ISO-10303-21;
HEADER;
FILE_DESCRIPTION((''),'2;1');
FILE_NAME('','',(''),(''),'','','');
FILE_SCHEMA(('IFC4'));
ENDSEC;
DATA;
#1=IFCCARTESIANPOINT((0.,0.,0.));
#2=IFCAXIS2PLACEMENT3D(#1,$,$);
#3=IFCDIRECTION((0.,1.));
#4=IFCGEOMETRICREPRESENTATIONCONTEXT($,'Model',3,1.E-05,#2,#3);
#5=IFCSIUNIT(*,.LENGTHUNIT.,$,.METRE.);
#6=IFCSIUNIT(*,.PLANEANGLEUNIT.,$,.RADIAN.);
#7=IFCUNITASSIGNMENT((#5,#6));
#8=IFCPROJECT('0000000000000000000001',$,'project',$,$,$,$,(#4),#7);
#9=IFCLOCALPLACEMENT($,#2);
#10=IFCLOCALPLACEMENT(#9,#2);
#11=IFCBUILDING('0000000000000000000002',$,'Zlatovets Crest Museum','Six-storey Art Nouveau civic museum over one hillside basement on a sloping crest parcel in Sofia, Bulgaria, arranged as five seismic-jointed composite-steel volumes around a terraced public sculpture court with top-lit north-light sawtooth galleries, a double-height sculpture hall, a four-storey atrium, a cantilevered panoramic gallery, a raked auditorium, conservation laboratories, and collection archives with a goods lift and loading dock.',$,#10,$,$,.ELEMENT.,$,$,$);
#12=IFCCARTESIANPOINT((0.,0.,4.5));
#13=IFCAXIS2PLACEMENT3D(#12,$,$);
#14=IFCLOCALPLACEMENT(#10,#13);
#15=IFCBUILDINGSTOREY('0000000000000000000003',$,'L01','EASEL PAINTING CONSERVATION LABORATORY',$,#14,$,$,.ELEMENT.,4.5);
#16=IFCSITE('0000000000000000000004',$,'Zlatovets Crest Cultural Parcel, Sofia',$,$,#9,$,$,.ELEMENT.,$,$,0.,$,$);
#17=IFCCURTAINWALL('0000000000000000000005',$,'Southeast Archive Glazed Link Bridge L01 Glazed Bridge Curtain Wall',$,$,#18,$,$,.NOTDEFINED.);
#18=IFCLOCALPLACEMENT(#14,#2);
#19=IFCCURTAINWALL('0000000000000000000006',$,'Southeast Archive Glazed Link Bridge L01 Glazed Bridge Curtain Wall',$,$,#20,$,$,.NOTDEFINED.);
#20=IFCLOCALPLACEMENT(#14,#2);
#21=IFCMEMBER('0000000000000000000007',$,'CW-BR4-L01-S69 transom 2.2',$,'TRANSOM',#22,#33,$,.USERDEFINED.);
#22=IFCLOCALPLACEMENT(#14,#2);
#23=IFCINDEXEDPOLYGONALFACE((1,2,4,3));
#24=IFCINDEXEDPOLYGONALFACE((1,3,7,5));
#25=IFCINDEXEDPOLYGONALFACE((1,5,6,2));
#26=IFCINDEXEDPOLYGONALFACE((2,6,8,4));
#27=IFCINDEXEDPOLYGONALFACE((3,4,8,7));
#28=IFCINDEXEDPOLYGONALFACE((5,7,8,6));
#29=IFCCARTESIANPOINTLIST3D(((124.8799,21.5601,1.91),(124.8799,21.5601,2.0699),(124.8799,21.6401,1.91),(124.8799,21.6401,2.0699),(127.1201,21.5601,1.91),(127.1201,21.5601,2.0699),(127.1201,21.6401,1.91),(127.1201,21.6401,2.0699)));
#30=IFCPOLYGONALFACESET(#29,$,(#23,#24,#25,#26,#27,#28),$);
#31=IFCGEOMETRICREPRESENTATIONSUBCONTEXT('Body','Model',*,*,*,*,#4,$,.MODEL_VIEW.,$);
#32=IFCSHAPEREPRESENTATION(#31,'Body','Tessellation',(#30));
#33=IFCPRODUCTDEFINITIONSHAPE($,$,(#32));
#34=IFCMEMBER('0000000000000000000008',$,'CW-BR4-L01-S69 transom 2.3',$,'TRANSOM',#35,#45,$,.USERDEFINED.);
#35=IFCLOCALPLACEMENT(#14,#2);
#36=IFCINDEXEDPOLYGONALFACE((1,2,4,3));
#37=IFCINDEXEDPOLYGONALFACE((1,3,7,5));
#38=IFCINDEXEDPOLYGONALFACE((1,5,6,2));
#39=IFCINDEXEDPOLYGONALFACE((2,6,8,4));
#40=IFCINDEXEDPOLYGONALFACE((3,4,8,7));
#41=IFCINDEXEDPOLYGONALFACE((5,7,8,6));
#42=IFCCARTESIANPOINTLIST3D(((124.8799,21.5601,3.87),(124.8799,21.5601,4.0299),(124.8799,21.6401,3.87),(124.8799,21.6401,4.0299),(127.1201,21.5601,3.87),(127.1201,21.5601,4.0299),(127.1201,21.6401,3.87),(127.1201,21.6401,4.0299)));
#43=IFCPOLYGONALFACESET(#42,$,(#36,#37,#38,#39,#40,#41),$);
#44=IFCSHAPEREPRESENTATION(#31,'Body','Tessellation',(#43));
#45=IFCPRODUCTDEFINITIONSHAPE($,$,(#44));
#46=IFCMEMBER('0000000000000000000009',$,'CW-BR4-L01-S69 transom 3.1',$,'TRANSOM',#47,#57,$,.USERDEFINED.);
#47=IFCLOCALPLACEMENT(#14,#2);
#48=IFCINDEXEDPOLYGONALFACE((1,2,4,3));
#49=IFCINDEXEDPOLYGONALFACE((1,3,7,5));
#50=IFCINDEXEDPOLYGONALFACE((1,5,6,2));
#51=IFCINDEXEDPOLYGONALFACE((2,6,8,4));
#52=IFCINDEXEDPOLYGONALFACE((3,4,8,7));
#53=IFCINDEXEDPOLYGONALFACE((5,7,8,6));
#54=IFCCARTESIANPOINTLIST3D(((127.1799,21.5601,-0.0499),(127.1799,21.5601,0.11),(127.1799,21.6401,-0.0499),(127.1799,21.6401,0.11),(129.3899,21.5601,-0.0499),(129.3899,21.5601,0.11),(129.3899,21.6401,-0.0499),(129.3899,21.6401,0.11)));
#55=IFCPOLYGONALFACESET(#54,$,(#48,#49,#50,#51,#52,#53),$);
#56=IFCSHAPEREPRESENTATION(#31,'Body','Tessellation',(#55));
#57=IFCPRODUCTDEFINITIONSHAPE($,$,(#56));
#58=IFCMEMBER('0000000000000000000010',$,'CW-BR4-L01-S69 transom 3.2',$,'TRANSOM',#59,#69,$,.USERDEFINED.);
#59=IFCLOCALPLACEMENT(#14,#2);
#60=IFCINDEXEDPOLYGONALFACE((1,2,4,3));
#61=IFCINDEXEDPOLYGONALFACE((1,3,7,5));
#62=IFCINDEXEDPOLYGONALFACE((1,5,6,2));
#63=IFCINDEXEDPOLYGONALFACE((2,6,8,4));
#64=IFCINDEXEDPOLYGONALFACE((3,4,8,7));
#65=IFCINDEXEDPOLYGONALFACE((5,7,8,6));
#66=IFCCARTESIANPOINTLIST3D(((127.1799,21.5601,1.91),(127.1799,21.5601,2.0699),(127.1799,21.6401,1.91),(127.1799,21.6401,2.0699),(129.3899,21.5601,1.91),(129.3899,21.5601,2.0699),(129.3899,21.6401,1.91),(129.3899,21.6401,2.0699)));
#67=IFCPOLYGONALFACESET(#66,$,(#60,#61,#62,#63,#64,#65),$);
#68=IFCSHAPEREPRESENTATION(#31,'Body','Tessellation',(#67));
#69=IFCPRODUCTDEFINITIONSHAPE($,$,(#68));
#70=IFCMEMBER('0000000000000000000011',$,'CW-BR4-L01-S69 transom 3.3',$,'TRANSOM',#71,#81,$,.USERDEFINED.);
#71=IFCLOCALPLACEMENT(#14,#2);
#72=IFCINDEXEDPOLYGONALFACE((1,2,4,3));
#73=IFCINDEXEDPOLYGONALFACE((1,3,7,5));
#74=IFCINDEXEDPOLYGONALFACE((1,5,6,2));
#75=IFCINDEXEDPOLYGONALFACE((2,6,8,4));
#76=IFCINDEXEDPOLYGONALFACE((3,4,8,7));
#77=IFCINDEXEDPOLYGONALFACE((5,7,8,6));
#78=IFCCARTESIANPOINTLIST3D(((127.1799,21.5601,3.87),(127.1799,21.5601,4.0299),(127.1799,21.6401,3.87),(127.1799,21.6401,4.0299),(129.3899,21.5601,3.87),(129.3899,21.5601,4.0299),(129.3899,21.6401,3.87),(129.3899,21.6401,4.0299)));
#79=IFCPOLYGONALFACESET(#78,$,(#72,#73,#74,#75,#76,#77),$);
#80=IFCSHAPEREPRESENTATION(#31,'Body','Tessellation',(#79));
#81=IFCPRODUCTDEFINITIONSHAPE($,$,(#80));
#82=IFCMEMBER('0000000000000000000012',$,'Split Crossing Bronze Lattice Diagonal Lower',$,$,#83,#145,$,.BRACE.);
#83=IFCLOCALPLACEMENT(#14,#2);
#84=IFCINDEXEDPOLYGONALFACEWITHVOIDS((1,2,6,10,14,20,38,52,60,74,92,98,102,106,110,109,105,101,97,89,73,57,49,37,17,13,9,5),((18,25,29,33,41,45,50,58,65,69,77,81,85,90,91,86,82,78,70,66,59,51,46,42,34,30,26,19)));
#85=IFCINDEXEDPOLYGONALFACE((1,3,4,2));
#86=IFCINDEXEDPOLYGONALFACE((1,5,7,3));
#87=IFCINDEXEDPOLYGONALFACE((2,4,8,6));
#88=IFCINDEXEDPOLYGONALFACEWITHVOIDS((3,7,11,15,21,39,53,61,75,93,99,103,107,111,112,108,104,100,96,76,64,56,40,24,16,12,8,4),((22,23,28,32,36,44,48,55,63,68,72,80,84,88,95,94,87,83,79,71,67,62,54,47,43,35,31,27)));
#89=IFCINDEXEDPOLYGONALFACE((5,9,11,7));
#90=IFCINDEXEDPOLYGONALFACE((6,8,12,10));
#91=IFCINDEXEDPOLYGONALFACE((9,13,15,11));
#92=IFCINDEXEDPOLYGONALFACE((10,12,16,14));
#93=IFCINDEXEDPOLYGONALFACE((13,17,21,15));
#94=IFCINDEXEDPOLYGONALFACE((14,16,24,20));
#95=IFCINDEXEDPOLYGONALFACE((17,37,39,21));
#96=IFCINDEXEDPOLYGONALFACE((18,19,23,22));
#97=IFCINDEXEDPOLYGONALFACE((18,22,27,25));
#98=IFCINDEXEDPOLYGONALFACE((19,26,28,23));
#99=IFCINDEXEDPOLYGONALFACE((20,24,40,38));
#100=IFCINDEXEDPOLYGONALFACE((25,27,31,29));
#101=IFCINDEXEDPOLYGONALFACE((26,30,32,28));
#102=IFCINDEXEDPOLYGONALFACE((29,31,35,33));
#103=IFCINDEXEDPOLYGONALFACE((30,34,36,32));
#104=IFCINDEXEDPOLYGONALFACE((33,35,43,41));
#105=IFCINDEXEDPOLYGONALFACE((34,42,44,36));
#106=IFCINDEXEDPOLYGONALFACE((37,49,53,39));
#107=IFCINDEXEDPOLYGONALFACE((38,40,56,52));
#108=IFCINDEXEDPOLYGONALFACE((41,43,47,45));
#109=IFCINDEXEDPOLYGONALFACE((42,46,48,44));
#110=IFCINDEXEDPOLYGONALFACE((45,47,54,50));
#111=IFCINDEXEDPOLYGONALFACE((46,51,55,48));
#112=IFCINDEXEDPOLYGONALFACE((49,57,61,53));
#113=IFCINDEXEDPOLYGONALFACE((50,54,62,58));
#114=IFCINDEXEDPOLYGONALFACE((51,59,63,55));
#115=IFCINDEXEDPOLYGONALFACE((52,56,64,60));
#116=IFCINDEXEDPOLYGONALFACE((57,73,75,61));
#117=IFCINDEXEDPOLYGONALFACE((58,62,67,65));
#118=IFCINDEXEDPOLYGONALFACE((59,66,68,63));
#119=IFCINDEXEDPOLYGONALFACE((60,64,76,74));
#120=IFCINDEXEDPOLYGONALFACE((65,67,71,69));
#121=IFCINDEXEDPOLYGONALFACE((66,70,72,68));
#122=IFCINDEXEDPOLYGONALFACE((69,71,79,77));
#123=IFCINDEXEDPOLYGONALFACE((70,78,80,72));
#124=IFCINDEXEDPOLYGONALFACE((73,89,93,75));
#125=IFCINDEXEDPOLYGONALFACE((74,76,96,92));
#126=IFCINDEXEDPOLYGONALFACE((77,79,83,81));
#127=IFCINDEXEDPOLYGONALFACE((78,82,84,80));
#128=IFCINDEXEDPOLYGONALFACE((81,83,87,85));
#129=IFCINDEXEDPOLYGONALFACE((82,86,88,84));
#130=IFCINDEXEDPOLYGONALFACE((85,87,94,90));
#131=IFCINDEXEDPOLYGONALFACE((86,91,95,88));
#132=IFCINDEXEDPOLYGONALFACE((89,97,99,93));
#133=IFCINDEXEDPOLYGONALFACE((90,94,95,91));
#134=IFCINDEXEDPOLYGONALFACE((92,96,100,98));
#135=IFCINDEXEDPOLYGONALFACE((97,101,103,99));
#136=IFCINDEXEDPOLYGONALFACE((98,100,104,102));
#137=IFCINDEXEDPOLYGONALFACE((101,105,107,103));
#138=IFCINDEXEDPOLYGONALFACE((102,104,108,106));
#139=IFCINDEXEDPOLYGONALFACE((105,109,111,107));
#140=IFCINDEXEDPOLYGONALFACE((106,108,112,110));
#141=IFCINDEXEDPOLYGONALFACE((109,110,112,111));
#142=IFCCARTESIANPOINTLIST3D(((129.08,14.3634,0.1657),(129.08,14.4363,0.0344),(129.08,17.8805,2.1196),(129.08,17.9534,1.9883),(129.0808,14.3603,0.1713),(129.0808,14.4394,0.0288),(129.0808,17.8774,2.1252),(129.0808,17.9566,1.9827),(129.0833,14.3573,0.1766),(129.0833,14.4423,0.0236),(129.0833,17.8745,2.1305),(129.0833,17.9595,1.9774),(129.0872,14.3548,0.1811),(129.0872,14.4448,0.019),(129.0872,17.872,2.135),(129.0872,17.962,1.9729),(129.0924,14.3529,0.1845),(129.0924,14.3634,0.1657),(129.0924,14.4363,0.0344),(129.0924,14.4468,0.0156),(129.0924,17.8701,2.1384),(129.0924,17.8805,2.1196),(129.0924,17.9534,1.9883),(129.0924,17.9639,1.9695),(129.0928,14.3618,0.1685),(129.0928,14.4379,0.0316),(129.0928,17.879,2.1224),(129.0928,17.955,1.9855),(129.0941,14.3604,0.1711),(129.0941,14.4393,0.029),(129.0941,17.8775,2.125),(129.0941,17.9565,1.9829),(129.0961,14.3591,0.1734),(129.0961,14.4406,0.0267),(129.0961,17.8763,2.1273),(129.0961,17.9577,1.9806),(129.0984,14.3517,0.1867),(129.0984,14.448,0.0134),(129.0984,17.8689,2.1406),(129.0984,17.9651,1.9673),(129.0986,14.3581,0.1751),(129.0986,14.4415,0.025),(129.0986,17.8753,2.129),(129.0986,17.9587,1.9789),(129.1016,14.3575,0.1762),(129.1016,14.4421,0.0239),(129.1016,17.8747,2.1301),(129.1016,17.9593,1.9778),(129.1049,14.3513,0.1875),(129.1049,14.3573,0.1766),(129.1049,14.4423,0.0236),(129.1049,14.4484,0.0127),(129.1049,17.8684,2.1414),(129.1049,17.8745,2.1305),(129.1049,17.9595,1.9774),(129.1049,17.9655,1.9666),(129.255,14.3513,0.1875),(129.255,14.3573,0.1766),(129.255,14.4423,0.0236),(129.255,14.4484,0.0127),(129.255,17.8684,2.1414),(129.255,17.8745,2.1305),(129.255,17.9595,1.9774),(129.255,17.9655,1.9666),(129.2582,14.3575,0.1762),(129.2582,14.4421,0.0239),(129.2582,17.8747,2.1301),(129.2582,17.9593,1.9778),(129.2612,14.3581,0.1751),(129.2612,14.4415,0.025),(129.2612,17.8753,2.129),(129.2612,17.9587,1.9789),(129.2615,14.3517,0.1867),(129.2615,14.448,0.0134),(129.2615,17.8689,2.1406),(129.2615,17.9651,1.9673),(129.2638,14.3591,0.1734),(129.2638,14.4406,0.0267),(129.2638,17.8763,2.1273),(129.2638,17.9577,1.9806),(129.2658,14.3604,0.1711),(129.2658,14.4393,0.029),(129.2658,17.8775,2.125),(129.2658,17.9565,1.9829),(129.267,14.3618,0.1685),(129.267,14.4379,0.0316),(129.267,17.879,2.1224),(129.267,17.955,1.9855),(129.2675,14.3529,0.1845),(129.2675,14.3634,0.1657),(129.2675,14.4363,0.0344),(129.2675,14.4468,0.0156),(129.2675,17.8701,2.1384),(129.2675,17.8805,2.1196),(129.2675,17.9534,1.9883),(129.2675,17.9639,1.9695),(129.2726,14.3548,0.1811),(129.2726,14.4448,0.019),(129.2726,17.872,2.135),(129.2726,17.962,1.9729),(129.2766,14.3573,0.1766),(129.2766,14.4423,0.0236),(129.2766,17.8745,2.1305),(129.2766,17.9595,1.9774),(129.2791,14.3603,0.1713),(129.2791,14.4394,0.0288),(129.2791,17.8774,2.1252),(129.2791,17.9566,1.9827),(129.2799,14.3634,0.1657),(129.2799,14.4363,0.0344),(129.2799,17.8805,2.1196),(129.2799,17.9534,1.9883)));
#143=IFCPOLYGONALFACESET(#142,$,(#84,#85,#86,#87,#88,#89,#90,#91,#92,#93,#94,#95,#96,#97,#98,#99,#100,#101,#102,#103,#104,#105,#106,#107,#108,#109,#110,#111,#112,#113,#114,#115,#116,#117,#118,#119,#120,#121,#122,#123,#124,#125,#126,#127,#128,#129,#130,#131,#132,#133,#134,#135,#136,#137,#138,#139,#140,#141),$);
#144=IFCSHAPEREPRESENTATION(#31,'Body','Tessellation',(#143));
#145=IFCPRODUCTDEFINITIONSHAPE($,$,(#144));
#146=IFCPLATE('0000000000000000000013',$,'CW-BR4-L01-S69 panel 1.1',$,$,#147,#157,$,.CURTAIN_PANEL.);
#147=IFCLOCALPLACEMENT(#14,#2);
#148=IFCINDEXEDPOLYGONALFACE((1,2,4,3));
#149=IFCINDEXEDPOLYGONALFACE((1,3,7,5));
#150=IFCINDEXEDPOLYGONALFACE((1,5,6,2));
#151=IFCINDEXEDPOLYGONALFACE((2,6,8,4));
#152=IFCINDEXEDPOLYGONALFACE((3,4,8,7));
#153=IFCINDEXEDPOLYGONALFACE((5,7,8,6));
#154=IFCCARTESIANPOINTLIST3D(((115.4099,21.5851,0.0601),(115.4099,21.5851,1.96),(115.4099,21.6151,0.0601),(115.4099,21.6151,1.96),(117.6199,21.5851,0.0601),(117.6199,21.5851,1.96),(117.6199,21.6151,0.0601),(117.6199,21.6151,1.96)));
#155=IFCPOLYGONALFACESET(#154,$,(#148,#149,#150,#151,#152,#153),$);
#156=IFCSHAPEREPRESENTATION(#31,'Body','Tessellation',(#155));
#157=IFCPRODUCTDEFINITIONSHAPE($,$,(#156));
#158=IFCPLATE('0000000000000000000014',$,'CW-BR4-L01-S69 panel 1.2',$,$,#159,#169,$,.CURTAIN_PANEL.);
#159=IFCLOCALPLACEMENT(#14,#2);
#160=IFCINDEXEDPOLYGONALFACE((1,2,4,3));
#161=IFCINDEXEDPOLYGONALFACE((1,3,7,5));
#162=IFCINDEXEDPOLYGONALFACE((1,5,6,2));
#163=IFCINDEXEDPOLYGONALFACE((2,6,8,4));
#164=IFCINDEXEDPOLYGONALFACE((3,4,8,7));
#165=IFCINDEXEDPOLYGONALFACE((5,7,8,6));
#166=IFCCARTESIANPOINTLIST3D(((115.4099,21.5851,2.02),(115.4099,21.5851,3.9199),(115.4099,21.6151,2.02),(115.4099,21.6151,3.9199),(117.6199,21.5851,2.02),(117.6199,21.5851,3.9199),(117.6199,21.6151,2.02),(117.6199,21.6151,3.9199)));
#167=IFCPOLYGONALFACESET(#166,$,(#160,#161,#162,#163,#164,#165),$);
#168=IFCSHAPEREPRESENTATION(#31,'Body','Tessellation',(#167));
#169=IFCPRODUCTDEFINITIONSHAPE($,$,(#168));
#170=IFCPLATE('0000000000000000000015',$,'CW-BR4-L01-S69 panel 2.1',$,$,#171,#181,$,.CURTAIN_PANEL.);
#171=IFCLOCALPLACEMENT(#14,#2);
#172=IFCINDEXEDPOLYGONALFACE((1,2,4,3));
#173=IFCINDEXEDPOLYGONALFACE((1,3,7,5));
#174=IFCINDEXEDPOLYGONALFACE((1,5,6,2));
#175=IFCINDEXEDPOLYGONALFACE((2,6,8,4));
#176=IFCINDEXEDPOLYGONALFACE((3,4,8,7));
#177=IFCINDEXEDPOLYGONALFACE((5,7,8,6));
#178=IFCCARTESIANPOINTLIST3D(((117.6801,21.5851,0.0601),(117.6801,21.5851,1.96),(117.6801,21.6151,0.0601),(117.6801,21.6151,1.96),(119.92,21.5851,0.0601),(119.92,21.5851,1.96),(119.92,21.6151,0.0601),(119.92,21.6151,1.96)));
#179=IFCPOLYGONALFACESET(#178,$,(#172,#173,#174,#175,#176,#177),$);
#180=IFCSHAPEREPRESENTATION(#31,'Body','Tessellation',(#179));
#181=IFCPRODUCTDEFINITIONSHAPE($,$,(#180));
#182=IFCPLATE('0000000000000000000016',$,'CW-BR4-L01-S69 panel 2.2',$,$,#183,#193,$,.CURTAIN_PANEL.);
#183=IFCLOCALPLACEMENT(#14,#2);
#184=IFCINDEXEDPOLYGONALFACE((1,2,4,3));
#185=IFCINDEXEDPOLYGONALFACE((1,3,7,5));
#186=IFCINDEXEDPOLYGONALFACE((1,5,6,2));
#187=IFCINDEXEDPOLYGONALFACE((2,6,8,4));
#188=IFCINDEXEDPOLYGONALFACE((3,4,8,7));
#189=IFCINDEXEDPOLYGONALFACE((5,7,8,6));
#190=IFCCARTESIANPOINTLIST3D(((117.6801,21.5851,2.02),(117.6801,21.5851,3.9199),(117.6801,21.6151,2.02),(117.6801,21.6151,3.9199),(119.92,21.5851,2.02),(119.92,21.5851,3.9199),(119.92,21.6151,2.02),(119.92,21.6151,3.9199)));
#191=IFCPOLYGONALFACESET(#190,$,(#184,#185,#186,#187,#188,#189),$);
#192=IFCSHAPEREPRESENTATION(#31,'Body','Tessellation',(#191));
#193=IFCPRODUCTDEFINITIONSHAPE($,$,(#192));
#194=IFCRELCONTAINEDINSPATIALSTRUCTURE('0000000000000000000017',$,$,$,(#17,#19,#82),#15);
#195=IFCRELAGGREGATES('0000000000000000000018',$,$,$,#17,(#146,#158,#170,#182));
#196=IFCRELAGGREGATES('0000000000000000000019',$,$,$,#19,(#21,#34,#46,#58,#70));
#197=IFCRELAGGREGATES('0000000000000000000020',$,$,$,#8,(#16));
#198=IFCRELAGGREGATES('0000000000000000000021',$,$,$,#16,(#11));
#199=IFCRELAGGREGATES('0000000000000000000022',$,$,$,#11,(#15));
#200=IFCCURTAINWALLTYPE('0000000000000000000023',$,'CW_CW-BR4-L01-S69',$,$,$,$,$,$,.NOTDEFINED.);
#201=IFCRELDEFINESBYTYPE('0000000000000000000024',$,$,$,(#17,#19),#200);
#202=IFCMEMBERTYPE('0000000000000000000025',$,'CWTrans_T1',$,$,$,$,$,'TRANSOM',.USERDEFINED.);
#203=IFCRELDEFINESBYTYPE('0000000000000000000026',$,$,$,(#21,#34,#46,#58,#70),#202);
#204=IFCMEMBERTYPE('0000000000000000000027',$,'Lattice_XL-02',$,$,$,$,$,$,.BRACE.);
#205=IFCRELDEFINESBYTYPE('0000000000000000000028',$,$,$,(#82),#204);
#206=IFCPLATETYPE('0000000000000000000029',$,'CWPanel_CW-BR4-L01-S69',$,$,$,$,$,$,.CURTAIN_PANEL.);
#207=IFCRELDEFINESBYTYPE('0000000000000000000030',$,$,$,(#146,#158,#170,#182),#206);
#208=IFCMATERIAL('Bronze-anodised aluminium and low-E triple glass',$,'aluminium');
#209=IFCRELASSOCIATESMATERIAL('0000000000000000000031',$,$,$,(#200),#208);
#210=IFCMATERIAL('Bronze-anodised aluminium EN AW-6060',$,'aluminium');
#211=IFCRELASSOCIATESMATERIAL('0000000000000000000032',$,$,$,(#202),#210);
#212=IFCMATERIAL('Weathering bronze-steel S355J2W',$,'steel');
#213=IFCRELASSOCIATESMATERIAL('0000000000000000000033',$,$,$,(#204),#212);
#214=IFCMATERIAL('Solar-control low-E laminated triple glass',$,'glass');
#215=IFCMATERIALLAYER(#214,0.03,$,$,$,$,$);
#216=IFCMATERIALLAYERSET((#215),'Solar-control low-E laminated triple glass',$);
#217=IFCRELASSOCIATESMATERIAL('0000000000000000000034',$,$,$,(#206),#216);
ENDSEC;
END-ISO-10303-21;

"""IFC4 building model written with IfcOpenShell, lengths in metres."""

from ifc_helpers import new_model, si_unit, direction, frame, origin, origin_2d, place, context, subcontext, project, spatial, rectangle, hollow_rectangle, extrude, material, layer, layer_set, material_profile, profile_set, type_object, element, aggregate, save


model = new_model("IFC4")

# Units and contexts
model_context = context("Model", 3, precision=1e-05, world=origin(), true_north=direction((0.0, 1.0)))
body_context = subcontext(model_context, "Body", "Model", "MODEL_VIEW")
ifc_project = project(units=[si_unit("LENGTHUNIT", "METRE"), si_unit("PLANEANGLEUNIT", "RADIAN")], contexts=[model_context])

# Site, building, storey
site_placement = place(None, origin())
site = spatial("IfcSite", under=ifc_project, at=site_placement, Name="Zlatovets Crest Cultural Parcel, Sofia", CompositionType="ELEMENT", RefElevation=0.0)
building_placement = place(site_placement, origin())
building = spatial("IfcBuilding", under=site, at=building_placement, Name="Zlatovets Crest Museum", Description="Six-storey Art Nouveau civic museum over one hillside basement on a sloping crest parcel in Sofia, Bulgaria, arranged as five seismic-jointed composite-steel volumes around a terraced public sculpture court with top-lit north-light sawtooth galleries, a double-height sculpture hall, a four-storey atrium, a cantilevered panoramic gallery, a raked auditorium, conservation laboratories, and collection archives with a goods lift and loading dock.", CompositionType="ELEMENT")
storey_placement = place(building_placement, frame((0.0, 0.0, 4.5)))
storey = spatial("IfcBuildingStorey", under=building, at=storey_placement, Name="L01", Description="EASEL PAINTING CONSERVATION LABORATORY", CompositionType="ELEMENT", Elevation=4.5)

# Curtain walls
ifc_material_1 = material(Name="Bronze-anodised aluminium and low-E triple glass", Category="aluminium")
curtain_wall_type = type_object("IfcCurtainWallType", Name="CW_CW-BR4-L01-S69", PredefinedType="NOTDEFINED", material=ifc_material_1)
curtain_wall_1_placement = place(storey_placement, origin())
curtain_wall_1 = element("IfcCurtainWall", 1, at=curtain_wall_1_placement, inside=storey, type_object=curtain_wall_type, Name="Southeast Archive Glazed Link Bridge L01 Glazed Bridge Curtain Wall", PredefinedType="NOTDEFINED")
ifc_material_2 = material(Name="Bronze-anodised aluminium EN AW-6060", Category="aluminium")
curtain_wall_2_placement = place(storey_placement, origin())
curtain_wall_2 = element("IfcCurtainWall", 2, at=curtain_wall_2_placement, inside=storey, type_object=curtain_wall_type, Name="Southeast Archive Glazed Link Bridge L01 Glazed Bridge Curtain Wall", PredefinedType="NOTDEFINED")

# Members
ifc_material_profile_1 = material_profile(ifc_material_2, rectangle(XDim=0.0801, YDim=0.1599, at=origin_2d()), Name="ALU 80x160")
ifc_profile_set_1 = profile_set([ifc_material_profile_1], Name="Bronze-anodised aluminium EN AW-6060")
member_type_1 = type_object("IfcMemberType", Name="CWTrans_T1", ElementType="TRANSOM", PredefinedType="USERDEFINED", material=ifc_profile_set_1)
member_1_placement = place(storey_placement, frame((124.8799, 21.6001, 1.99), z_axis=(1.0, 0.0, 0.0), x_axis=(0.0, 1.0, 0.0)))
member_1 = element("IfcMember", 3, at=member_1_placement, type_object=member_type_1, Name="CW-BR4-L01-S69 transom 2.2", ObjectType="TRANSOM", PredefinedType="USERDEFINED", context=body_context, shape_type="SweptSolid", body=[
    extrude(rectangle(XDim=0.0801, YDim=0.1599, at=origin_2d()), origin(), (0.0, 0.0, 1.0), 2.2402),
])
member_2_placement = place(storey_placement, frame((124.8799, 21.6001, 3.95), z_axis=(1.0, 0.0, 0.0), x_axis=(0.0, 1.0, 0.0)))
member_2 = element("IfcMember", 4, at=member_2_placement, type_object=member_type_1, Name="CW-BR4-L01-S69 transom 2.3", ObjectType="TRANSOM", PredefinedType="USERDEFINED", context=body_context, shape_type="SweptSolid", body=[
    extrude(rectangle(XDim=0.0801, YDim=0.1599, at=origin_2d()), origin(), (0.0, 0.0, 1.0), 2.2402),
])
member_3_placement = place(storey_placement, frame((127.1799, 21.6001, 0.03), z_axis=(1.0, 0.0, 0.0), x_axis=(0.0, 1.0, 0.0)))
member_3 = element("IfcMember", 5, at=member_3_placement, type_object=member_type_1, Name="CW-BR4-L01-S69 transom 3.1", ObjectType="TRANSOM", PredefinedType="USERDEFINED", context=body_context, shape_type="SweptSolid", body=[
    extrude(rectangle(XDim=0.0801, YDim=0.1599, at=origin_2d()), origin(), (0.0, 0.0, 1.0), 2.21),
])
member_4_placement = place(storey_placement, frame((127.1799, 21.6001, 1.99), z_axis=(1.0, 0.0, 0.0), x_axis=(0.0, 1.0, 0.0)))
member_4 = element("IfcMember", 6, at=member_4_placement, type_object=member_type_1, Name="CW-BR4-L01-S69 transom 3.2", ObjectType="TRANSOM", PredefinedType="USERDEFINED", context=body_context, shape_type="SweptSolid", body=[
    extrude(rectangle(XDim=0.0801, YDim=0.1599, at=origin_2d()), origin(), (0.0, 0.0, 1.0), 2.21),
])
member_5_placement = place(storey_placement, frame((127.1799, 21.6001, 3.95), z_axis=(1.0, 0.0, 0.0), x_axis=(0.0, 1.0, 0.0)))
member_5 = element("IfcMember", 7, at=member_5_placement, type_object=member_type_1, Name="CW-BR4-L01-S69 transom 3.3", ObjectType="TRANSOM", PredefinedType="USERDEFINED", context=body_context, shape_type="SweptSolid", body=[
    extrude(rectangle(XDim=0.0801, YDim=0.1599, at=origin_2d()), origin(), (0.0, 0.0, 1.0), 2.21),
])
ifc_material_3 = material(Name="Weathering bronze-steel S355J2W", Category="steel")
ifc_material_profile_2 = material_profile(ifc_material_3, hollow_rectangle(XDim=0.2, YDim=0.2, WallThickness=0.0125, InnerFilletRadius=0.0125, OuterFilletRadius=0.0249, at=origin_2d()), Name="SHS 200x200x12.5")
ifc_profile_set_2 = profile_set([ifc_material_profile_2], Name="Weathering bronze-steel S355J2W")
member_type_2 = type_object("IfcMemberType", Name="Lattice_XL-02", PredefinedType="BRACE", material=ifc_profile_set_2)
member_6_placement = place(storey_placement, frame((129.1799, 17.917, 2.054), z_axis=(0.0, -0.874166, -0.485627), x_axis=(1.0, 0.0, 0.0)))
element("IfcMember", 8, at=member_6_placement, inside=storey, type_object=member_type_2, Name="Split Crossing Bronze Lattice Diagonal Lower", PredefinedType="BRACE", context=body_context, shape_type="SweptSolid", body=[
    extrude(hollow_rectangle(XDim=0.2, YDim=0.2, WallThickness=0.0125, InnerFilletRadius=0.0125, OuterFilletRadius=0.0249, at=origin_2d()), origin(), (0.0, 0.0, 1.0), 4.0234),
])

# Plates
ifc_material_4 = material(Name="Solar-control low-E laminated triple glass", Category="glass")
ifc_layer_1 = layer(ifc_material_4, 0.03)
ifc_layer_set_1 = layer_set([ifc_layer_1], Name="Solar-control low-E laminated triple glass")
plate_type_1 = type_object("IfcPlateType", Name="CWPanel_CW-BR4-L01-S69", PredefinedType="CURTAIN_PANEL", material=ifc_layer_set_1)
plate_1_placement = place(storey_placement, frame((116.5149, 21.6001, 0.0601), z_axis=(0.0, 0.0, 1.0), x_axis=(1.0, 0.0, 0.0)))
plate_1 = element("IfcPlate", 9, at=plate_1_placement, type_object=plate_type_1, Name="CW-BR4-L01-S69 panel 1.1", PredefinedType="CURTAIN_PANEL", context=body_context, shape_type="SweptSolid", body=[
    extrude(rectangle(XDim=2.21, YDim=0.03, at=origin_2d()), origin(), (0.0, 0.0, 1.0), 1.8999),
])
plate_2_placement = place(storey_placement, frame((116.5149, 21.6001, 2.02), z_axis=(0.0, 0.0, 1.0), x_axis=(1.0, 0.0, 0.0)))
plate_2 = element("IfcPlate", 10, at=plate_2_placement, type_object=plate_type_1, Name="CW-BR4-L01-S69 panel 1.2", PredefinedType="CURTAIN_PANEL", context=body_context, shape_type="SweptSolid", body=[
    extrude(rectangle(XDim=2.21, YDim=0.03, at=origin_2d()), origin(), (0.0, 0.0, 1.0), 1.8999),
])
plate_3_placement = place(storey_placement, frame((118.8, 21.6001, 0.0601), z_axis=(0.0, 0.0, 1.0), x_axis=(1.0, 0.0, 0.0)))
plate_3 = element("IfcPlate", 11, at=plate_3_placement, type_object=plate_type_1, Name="CW-BR4-L01-S69 panel 2.1", PredefinedType="CURTAIN_PANEL", context=body_context, shape_type="SweptSolid", body=[
    extrude(rectangle(XDim=2.24, YDim=0.03, at=origin_2d()), origin(), (0.0, 0.0, 1.0), 1.8999),
])
plate_4_placement = place(storey_placement, frame((118.8, 21.6001, 2.02), z_axis=(0.0, 0.0, 1.0), x_axis=(1.0, 0.0, 0.0)))
plate_4 = element("IfcPlate", 12, at=plate_4_placement, type_object=plate_type_1, Name="CW-BR4-L01-S69 panel 2.2", PredefinedType="CURTAIN_PANEL", context=body_context, shape_type="SweptSolid", body=[
    extrude(rectangle(XDim=2.24, YDim=0.03, at=origin_2d()), origin(), (0.0, 0.0, 1.0), 1.8999),
])
aggregate(curtain_wall_1, [plate_1, plate_2, plate_3, plate_4])
aggregate(curtain_wall_2, [member_1, member_2, member_3, member_4, member_5])

save(model, "model.ifc")
